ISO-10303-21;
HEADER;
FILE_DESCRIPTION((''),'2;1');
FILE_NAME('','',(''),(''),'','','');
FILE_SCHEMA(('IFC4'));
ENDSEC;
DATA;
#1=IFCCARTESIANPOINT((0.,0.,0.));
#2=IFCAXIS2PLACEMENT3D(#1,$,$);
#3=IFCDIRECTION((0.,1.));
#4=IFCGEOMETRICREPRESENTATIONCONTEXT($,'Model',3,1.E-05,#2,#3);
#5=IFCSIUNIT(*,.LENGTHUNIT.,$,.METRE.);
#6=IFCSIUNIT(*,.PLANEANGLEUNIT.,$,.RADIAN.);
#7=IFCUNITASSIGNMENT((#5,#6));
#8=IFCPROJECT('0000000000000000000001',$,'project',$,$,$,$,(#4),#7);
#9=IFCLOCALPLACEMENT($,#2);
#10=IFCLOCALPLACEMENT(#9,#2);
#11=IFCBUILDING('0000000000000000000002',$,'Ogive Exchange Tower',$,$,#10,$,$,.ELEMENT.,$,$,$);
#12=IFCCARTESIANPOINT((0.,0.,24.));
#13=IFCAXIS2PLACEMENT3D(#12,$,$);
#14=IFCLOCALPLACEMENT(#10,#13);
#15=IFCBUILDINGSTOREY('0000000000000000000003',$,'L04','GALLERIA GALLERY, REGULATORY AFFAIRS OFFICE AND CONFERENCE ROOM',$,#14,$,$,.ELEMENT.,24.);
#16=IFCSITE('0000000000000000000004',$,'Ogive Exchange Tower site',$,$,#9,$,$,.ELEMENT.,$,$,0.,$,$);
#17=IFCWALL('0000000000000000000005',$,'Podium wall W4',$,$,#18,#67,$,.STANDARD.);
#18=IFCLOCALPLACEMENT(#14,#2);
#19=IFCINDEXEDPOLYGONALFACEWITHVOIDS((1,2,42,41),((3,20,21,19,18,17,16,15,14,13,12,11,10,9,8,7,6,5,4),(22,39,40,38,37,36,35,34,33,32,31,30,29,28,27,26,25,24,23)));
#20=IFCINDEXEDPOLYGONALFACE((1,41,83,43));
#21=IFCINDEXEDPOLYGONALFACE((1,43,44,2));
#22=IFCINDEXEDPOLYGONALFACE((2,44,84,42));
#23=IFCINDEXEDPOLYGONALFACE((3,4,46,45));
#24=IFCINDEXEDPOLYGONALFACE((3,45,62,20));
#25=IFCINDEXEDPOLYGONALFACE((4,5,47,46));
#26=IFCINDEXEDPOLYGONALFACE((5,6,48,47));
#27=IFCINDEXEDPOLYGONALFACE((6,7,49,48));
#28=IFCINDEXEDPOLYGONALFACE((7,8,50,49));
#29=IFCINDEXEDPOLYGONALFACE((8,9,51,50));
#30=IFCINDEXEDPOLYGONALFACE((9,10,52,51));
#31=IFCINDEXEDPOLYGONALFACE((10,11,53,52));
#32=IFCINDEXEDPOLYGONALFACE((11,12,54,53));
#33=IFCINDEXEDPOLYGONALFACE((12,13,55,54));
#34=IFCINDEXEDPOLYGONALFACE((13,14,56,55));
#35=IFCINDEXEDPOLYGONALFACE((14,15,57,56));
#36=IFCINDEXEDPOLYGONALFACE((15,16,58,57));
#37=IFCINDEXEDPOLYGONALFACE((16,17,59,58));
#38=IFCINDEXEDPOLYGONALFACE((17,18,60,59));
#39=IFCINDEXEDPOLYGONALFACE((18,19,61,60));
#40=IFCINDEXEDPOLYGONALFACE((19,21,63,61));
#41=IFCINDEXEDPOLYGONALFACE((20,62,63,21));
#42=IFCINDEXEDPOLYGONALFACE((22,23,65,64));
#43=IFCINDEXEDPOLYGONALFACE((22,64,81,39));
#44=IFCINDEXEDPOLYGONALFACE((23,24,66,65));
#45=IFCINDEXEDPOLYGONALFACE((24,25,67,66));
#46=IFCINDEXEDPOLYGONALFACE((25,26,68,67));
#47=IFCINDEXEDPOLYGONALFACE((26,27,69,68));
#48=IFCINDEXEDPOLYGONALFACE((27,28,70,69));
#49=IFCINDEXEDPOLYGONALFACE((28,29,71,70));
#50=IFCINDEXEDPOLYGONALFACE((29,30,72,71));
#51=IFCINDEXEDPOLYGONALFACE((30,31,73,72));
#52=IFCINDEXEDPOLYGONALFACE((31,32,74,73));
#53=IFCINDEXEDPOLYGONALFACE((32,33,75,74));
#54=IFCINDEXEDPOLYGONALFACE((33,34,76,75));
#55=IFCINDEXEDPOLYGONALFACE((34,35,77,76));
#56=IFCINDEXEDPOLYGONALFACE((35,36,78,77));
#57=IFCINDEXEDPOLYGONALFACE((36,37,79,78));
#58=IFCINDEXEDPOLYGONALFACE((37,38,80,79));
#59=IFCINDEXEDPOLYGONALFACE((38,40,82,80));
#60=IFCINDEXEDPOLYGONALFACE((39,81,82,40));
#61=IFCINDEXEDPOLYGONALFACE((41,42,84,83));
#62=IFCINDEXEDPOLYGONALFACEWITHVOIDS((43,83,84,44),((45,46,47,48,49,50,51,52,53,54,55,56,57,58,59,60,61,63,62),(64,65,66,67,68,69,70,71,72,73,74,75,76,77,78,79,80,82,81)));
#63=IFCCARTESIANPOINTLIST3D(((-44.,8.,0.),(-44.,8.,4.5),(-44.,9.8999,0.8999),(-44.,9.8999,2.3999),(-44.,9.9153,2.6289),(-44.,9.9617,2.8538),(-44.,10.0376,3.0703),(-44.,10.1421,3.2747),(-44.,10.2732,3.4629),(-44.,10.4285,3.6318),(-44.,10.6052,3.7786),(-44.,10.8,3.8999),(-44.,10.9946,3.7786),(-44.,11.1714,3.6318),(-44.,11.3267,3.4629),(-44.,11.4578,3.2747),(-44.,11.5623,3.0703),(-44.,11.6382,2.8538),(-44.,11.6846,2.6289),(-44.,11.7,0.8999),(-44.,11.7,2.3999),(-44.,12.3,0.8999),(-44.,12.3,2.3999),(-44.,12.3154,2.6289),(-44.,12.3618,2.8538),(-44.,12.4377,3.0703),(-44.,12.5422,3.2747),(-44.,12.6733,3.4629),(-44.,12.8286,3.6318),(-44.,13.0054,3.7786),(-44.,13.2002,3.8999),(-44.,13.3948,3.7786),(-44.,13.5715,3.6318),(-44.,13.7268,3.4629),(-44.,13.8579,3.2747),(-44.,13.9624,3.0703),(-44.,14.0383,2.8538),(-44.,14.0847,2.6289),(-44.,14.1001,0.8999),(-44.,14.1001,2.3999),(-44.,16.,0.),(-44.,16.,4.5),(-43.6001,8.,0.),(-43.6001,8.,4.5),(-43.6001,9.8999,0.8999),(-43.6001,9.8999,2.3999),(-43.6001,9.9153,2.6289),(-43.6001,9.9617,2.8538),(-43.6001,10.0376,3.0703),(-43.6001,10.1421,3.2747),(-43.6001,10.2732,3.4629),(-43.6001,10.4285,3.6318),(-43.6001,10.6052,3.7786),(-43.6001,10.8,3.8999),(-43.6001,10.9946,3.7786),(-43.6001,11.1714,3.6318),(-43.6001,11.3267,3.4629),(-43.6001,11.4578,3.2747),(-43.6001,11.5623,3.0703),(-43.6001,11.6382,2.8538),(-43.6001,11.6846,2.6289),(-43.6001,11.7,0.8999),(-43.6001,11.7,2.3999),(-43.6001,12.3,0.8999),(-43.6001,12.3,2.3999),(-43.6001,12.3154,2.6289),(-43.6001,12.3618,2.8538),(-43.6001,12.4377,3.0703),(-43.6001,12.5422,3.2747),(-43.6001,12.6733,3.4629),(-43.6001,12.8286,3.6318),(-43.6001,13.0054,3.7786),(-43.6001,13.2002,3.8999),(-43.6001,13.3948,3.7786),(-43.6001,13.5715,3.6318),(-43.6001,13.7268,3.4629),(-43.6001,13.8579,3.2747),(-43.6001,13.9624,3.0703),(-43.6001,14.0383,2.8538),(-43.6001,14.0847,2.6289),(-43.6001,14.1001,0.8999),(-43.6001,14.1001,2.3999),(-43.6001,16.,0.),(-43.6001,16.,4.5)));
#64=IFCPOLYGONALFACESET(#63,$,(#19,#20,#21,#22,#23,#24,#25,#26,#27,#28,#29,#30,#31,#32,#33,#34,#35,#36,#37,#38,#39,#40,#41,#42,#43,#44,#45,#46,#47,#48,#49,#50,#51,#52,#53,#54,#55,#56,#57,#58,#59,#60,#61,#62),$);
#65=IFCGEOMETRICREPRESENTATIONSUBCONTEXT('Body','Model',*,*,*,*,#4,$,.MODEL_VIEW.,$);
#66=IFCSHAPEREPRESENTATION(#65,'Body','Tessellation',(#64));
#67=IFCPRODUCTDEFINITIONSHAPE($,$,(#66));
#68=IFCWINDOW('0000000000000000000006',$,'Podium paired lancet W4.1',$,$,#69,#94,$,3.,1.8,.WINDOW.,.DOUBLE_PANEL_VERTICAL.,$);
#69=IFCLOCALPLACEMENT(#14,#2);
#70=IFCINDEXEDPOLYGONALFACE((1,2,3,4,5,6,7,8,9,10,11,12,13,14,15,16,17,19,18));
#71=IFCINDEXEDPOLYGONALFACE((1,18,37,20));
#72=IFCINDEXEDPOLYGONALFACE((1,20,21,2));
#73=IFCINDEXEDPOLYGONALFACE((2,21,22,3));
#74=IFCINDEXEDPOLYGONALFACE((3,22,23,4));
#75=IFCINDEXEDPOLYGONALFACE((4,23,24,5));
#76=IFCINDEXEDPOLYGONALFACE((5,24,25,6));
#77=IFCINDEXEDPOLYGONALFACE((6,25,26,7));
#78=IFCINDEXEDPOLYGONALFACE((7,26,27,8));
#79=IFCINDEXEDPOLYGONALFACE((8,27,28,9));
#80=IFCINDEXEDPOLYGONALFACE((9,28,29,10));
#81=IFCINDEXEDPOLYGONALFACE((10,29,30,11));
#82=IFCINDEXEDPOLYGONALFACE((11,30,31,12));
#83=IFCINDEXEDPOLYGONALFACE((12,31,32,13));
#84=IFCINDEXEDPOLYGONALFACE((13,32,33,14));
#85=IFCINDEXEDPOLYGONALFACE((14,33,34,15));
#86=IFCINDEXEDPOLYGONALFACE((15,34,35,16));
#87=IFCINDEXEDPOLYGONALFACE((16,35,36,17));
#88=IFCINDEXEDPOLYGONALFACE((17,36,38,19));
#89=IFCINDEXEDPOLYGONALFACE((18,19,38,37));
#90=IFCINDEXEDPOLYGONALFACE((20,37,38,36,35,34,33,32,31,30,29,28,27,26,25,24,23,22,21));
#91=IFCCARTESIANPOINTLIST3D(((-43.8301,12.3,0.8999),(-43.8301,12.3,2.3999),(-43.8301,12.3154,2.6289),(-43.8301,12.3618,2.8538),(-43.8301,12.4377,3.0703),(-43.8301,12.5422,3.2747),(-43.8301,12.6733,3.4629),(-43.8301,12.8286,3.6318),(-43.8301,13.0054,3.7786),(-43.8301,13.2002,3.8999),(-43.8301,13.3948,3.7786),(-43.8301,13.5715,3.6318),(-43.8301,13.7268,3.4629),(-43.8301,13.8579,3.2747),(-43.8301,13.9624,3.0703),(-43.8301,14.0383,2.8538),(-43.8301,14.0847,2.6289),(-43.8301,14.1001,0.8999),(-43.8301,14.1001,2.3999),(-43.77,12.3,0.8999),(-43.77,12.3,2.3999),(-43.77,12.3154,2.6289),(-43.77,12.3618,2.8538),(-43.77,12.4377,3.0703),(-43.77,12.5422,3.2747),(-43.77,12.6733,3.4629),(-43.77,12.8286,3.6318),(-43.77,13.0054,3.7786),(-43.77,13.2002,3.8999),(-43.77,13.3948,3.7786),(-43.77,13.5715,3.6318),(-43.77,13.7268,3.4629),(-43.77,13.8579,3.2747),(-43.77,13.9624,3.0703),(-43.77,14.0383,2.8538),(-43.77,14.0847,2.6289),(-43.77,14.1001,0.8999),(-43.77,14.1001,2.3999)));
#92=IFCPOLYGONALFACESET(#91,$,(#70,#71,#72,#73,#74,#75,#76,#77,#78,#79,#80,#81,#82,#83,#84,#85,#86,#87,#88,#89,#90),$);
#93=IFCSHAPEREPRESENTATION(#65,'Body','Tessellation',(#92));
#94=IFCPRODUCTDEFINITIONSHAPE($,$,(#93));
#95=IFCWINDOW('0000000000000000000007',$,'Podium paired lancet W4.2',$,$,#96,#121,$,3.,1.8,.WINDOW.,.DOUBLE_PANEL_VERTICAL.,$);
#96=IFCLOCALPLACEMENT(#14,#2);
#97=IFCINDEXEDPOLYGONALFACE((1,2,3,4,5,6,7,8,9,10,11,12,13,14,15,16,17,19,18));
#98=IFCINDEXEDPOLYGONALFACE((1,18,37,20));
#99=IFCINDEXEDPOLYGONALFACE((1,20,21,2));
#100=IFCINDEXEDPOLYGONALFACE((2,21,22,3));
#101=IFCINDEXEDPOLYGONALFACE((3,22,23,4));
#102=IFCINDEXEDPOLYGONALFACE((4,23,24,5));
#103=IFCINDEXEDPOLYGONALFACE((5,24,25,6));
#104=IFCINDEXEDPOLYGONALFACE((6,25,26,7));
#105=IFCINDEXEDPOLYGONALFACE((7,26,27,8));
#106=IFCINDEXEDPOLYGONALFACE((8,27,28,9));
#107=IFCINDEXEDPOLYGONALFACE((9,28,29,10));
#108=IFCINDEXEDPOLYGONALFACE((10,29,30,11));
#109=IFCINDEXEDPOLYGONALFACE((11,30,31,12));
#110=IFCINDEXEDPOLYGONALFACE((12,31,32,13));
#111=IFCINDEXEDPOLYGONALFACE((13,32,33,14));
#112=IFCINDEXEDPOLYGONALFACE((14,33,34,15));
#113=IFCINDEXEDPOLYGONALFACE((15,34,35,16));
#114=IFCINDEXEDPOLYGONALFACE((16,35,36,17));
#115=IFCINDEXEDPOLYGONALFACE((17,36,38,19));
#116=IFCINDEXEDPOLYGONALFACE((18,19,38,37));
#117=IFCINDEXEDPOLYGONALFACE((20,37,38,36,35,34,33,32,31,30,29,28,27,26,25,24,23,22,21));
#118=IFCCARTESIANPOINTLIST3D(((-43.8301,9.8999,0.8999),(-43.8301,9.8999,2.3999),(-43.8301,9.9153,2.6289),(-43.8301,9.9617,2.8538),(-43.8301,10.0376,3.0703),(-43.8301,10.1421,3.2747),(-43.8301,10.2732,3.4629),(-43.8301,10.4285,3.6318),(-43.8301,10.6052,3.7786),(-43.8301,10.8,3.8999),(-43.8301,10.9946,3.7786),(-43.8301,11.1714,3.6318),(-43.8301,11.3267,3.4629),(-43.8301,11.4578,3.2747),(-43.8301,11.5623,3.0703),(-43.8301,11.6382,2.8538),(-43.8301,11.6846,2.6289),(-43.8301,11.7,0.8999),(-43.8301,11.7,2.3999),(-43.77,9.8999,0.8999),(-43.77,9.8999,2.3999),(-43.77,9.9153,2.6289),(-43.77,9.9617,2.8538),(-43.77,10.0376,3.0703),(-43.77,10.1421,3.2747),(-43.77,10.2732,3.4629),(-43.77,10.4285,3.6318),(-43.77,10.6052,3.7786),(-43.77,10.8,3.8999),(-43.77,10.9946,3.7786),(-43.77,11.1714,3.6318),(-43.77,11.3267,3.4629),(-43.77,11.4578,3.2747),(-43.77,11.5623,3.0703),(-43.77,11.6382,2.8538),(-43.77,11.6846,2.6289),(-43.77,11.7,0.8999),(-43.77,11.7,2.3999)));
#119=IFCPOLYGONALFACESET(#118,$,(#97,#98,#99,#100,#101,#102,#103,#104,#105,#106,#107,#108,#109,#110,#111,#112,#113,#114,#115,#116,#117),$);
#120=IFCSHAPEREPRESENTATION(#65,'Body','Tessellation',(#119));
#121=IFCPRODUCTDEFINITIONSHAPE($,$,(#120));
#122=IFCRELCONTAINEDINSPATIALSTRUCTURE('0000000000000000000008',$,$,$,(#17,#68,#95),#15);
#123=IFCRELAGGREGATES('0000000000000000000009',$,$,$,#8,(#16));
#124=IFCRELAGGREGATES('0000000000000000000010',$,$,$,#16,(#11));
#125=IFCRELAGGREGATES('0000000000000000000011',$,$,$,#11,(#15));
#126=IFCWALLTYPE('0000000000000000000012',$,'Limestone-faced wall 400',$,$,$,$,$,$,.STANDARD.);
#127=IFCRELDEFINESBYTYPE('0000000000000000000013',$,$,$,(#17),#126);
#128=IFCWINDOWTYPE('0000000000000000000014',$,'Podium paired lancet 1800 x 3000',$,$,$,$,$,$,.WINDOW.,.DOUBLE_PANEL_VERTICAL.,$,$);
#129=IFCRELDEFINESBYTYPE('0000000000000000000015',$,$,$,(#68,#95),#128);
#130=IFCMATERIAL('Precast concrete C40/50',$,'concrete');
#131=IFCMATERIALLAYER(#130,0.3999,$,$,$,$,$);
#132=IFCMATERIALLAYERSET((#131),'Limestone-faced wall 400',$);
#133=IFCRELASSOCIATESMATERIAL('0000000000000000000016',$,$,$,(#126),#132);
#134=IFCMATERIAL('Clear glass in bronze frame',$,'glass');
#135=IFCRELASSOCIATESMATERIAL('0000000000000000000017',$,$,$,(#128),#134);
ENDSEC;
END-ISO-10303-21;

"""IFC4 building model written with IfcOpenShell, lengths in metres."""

from ifc_helpers import new_model, si_unit, direction, frame, frame_2d, origin, place, context, subcontext, project, spatial, polyline, rectangle, outline, extrude, material, layer, layer_set, type_object, element, fill, save


model = new_model("IFC4")

# Units and contexts
model_context = context("Model", 3, precision=1e-05, world=origin(), true_north=direction((0.0, 1.0)))
body_context = subcontext(model_context, "Body", "Model", "MODEL_VIEW")
ifc_project = project(units=[si_unit("LENGTHUNIT", "METRE"), si_unit("PLANEANGLEUNIT", "RADIAN")], contexts=[model_context])

# Site, building, storey
site_placement = place(None, origin())
site = spatial("IfcSite", under=ifc_project, at=site_placement, Name="Ogive Exchange Tower site", CompositionType="ELEMENT", RefElevation=0.0)
building_placement = place(site_placement, origin())
building = spatial("IfcBuilding", under=site, at=building_placement, Name="Ogive Exchange Tower", CompositionType="ELEMENT")
storey_placement = place(building_placement, frame((0.0, 0.0, 24.0)))
storey = spatial("IfcBuildingStorey", under=building, at=storey_placement, Name="L04", Description="GALLERIA GALLERY, REGULATORY AFFAIRS OFFICE AND CONFERENCE ROOM", CompositionType="ELEMENT", Elevation=24.0)

# Wall, openings, windows
ifc_material_1 = material(Name="Precast concrete C40/50", Category="concrete")
ifc_layer_1 = layer(ifc_material_1, 0.3999)
ifc_layer_set_1 = layer_set([ifc_layer_1], Name="Limestone-faced wall 400")
wall_type_1 = type_object("IfcWallType", Name="Limestone-faced wall 400", PredefinedType="STANDARD", material=ifc_layer_set_1)
wall_1_placement = place(storey_placement, frame((-43.8, 16.0, 0.0), z_axis=(0.0, 0.0, 1.0), x_axis=(0.0, -1.0, 0.0)))
wall_1 = element("IfcWall", 1, at=wall_1_placement, inside=storey, type_object=wall_type_1, Name="Podium wall W4", PredefinedType="STANDARD", context=body_context, shape_type="SweptSolid", body=[
    extrude(rectangle(XDim=8.0, YDim=0.3999, at=frame_2d((4.0, 0.0))), origin(), (0.0, 0.0, 1.0), 4.5),
])
opening_1_placement = place(wall_1_placement, frame((1.8999, 0.0, 0.8999)))
opening_1 = element("IfcOpeningElement", 2, at=opening_1_placement, cuts=wall_1, PredefinedType="OPENING", context=body_context, shape_type="SweptSolid", body=[
    extrude(outline(polyline([(0.0, 0.0), (1.8, 0.0), (1.8, 1.5), (1.7847, 1.729), (1.7383, 1.9539), (1.6624, 2.1704), (1.5579, 2.3748), (1.4268, 2.563), (1.2715, 2.7319), (1.0947, 2.8787), (0.8999, 3.0), (0.7053, 2.8787), (0.5286, 2.7319), (0.3733, 2.563), (0.2422, 2.3748), (0.1377, 2.1704), (0.0618, 1.9539), (0.0154, 1.729), (0.0, 1.5), (0.0, 0.0)])), frame((0.0, 0.21, 0.0), z_axis=(0.0, -1.0, 0.0), x_axis=(1.0, 0.0, 0.0)), (0.0, 0.0, 1.0), 0.4199),
])
opening_2_placement = place(wall_1_placement, frame((4.3, 0.0, 0.8999)))
opening_2 = element("IfcOpeningElement", 3, at=opening_2_placement, cuts=wall_1, PredefinedType="OPENING", context=body_context, shape_type="SweptSolid", body=[
    extrude(outline(polyline([(0.0, 0.0), (1.8, 0.0), (1.8, 1.5), (1.7847, 1.729), (1.7383, 1.9539), (1.6624, 2.1704), (1.5579, 2.3748), (1.4268, 2.563), (1.2715, 2.7319), (1.0947, 2.8787), (0.8999, 3.0), (0.7053, 2.8787), (0.5286, 2.7319), (0.3733, 2.563), (0.2422, 2.3748), (0.1377, 2.1704), (0.0618, 1.9539), (0.0154, 1.729), (0.0, 1.5), (0.0, 0.0)])), frame((0.0, 0.21, 0.0), z_axis=(0.0, -1.0, 0.0), x_axis=(1.0, 0.0, 0.0)), (0.0, 0.0, 1.0), 0.4199),
])
ifc_material_2 = material(Name="Clear glass in bronze frame", Category="glass")
window_type_1 = type_object("IfcWindowType", Name="Podium paired lancet 1800 x 3000", PartitioningType="DOUBLE_PANEL_VERTICAL", PredefinedType="WINDOW", material=ifc_material_2)
window_1_placement = place(opening_1_placement, origin())
window_1 = element("IfcWindow", 4, at=window_1_placement, inside=storey, type_object=window_type_1, Name="Podium paired lancet W4.1", OverallHeight=3.0, OverallWidth=1.8, PartitioningType="DOUBLE_PANEL_VERTICAL", PredefinedType="WINDOW", context=body_context, shape_type="SweptSolid", body=[
    extrude(outline(polyline([(0.0, 0.0), (1.8, 0.0), (1.8, 1.5), (1.7847, 1.729), (1.7383, 1.9539), (1.6624, 2.1704), (1.5579, 2.3748), (1.4268, 2.563), (1.2715, 2.7319), (1.0947, 2.8787), (0.8999, 3.0), (0.7053, 2.8787), (0.5286, 2.7319), (0.3733, 2.563), (0.2422, 2.3748), (0.1377, 2.1704), (0.0618, 1.9539), (0.0154, 1.729), (0.0, 1.5), (0.0, 0.0)])), frame((0.0, 0.03, 0.0), z_axis=(0.0, -1.0, 0.0), x_axis=(1.0, 0.0, 0.0)), (0.0, 0.0, 1.0), 0.0601),
])
fill(opening_1, window_1)
window_2_placement = place(opening_2_placement, origin())
window_2 = element("IfcWindow", 5, at=window_2_placement, inside=storey, type_object=window_type_1, Name="Podium paired lancet W4.2", OverallHeight=3.0, OverallWidth=1.8, PartitioningType="DOUBLE_PANEL_VERTICAL", PredefinedType="WINDOW", context=body_context, shape_type="SweptSolid", body=[
    extrude(outline(polyline([(0.0, 0.0), (1.8, 0.0), (1.8, 1.5), (1.7847, 1.729), (1.7383, 1.9539), (1.6624, 2.1704), (1.5579, 2.3748), (1.4268, 2.563), (1.2715, 2.7319), (1.0947, 2.8787), (0.8999, 3.0), (0.7053, 2.8787), (0.5286, 2.7319), (0.3733, 2.563), (0.2422, 2.3748), (0.1377, 2.1704), (0.0618, 1.9539), (0.0154, 1.729), (0.0, 1.5), (0.0, 0.0)])), frame((0.0, 0.03, 0.0), z_axis=(0.0, -1.0, 0.0), x_axis=(1.0, 0.0, 0.0)), (0.0, 0.0, 1.0), 0.0601),
])
fill(opening_2, window_2)

save(model, "model.ifc")
